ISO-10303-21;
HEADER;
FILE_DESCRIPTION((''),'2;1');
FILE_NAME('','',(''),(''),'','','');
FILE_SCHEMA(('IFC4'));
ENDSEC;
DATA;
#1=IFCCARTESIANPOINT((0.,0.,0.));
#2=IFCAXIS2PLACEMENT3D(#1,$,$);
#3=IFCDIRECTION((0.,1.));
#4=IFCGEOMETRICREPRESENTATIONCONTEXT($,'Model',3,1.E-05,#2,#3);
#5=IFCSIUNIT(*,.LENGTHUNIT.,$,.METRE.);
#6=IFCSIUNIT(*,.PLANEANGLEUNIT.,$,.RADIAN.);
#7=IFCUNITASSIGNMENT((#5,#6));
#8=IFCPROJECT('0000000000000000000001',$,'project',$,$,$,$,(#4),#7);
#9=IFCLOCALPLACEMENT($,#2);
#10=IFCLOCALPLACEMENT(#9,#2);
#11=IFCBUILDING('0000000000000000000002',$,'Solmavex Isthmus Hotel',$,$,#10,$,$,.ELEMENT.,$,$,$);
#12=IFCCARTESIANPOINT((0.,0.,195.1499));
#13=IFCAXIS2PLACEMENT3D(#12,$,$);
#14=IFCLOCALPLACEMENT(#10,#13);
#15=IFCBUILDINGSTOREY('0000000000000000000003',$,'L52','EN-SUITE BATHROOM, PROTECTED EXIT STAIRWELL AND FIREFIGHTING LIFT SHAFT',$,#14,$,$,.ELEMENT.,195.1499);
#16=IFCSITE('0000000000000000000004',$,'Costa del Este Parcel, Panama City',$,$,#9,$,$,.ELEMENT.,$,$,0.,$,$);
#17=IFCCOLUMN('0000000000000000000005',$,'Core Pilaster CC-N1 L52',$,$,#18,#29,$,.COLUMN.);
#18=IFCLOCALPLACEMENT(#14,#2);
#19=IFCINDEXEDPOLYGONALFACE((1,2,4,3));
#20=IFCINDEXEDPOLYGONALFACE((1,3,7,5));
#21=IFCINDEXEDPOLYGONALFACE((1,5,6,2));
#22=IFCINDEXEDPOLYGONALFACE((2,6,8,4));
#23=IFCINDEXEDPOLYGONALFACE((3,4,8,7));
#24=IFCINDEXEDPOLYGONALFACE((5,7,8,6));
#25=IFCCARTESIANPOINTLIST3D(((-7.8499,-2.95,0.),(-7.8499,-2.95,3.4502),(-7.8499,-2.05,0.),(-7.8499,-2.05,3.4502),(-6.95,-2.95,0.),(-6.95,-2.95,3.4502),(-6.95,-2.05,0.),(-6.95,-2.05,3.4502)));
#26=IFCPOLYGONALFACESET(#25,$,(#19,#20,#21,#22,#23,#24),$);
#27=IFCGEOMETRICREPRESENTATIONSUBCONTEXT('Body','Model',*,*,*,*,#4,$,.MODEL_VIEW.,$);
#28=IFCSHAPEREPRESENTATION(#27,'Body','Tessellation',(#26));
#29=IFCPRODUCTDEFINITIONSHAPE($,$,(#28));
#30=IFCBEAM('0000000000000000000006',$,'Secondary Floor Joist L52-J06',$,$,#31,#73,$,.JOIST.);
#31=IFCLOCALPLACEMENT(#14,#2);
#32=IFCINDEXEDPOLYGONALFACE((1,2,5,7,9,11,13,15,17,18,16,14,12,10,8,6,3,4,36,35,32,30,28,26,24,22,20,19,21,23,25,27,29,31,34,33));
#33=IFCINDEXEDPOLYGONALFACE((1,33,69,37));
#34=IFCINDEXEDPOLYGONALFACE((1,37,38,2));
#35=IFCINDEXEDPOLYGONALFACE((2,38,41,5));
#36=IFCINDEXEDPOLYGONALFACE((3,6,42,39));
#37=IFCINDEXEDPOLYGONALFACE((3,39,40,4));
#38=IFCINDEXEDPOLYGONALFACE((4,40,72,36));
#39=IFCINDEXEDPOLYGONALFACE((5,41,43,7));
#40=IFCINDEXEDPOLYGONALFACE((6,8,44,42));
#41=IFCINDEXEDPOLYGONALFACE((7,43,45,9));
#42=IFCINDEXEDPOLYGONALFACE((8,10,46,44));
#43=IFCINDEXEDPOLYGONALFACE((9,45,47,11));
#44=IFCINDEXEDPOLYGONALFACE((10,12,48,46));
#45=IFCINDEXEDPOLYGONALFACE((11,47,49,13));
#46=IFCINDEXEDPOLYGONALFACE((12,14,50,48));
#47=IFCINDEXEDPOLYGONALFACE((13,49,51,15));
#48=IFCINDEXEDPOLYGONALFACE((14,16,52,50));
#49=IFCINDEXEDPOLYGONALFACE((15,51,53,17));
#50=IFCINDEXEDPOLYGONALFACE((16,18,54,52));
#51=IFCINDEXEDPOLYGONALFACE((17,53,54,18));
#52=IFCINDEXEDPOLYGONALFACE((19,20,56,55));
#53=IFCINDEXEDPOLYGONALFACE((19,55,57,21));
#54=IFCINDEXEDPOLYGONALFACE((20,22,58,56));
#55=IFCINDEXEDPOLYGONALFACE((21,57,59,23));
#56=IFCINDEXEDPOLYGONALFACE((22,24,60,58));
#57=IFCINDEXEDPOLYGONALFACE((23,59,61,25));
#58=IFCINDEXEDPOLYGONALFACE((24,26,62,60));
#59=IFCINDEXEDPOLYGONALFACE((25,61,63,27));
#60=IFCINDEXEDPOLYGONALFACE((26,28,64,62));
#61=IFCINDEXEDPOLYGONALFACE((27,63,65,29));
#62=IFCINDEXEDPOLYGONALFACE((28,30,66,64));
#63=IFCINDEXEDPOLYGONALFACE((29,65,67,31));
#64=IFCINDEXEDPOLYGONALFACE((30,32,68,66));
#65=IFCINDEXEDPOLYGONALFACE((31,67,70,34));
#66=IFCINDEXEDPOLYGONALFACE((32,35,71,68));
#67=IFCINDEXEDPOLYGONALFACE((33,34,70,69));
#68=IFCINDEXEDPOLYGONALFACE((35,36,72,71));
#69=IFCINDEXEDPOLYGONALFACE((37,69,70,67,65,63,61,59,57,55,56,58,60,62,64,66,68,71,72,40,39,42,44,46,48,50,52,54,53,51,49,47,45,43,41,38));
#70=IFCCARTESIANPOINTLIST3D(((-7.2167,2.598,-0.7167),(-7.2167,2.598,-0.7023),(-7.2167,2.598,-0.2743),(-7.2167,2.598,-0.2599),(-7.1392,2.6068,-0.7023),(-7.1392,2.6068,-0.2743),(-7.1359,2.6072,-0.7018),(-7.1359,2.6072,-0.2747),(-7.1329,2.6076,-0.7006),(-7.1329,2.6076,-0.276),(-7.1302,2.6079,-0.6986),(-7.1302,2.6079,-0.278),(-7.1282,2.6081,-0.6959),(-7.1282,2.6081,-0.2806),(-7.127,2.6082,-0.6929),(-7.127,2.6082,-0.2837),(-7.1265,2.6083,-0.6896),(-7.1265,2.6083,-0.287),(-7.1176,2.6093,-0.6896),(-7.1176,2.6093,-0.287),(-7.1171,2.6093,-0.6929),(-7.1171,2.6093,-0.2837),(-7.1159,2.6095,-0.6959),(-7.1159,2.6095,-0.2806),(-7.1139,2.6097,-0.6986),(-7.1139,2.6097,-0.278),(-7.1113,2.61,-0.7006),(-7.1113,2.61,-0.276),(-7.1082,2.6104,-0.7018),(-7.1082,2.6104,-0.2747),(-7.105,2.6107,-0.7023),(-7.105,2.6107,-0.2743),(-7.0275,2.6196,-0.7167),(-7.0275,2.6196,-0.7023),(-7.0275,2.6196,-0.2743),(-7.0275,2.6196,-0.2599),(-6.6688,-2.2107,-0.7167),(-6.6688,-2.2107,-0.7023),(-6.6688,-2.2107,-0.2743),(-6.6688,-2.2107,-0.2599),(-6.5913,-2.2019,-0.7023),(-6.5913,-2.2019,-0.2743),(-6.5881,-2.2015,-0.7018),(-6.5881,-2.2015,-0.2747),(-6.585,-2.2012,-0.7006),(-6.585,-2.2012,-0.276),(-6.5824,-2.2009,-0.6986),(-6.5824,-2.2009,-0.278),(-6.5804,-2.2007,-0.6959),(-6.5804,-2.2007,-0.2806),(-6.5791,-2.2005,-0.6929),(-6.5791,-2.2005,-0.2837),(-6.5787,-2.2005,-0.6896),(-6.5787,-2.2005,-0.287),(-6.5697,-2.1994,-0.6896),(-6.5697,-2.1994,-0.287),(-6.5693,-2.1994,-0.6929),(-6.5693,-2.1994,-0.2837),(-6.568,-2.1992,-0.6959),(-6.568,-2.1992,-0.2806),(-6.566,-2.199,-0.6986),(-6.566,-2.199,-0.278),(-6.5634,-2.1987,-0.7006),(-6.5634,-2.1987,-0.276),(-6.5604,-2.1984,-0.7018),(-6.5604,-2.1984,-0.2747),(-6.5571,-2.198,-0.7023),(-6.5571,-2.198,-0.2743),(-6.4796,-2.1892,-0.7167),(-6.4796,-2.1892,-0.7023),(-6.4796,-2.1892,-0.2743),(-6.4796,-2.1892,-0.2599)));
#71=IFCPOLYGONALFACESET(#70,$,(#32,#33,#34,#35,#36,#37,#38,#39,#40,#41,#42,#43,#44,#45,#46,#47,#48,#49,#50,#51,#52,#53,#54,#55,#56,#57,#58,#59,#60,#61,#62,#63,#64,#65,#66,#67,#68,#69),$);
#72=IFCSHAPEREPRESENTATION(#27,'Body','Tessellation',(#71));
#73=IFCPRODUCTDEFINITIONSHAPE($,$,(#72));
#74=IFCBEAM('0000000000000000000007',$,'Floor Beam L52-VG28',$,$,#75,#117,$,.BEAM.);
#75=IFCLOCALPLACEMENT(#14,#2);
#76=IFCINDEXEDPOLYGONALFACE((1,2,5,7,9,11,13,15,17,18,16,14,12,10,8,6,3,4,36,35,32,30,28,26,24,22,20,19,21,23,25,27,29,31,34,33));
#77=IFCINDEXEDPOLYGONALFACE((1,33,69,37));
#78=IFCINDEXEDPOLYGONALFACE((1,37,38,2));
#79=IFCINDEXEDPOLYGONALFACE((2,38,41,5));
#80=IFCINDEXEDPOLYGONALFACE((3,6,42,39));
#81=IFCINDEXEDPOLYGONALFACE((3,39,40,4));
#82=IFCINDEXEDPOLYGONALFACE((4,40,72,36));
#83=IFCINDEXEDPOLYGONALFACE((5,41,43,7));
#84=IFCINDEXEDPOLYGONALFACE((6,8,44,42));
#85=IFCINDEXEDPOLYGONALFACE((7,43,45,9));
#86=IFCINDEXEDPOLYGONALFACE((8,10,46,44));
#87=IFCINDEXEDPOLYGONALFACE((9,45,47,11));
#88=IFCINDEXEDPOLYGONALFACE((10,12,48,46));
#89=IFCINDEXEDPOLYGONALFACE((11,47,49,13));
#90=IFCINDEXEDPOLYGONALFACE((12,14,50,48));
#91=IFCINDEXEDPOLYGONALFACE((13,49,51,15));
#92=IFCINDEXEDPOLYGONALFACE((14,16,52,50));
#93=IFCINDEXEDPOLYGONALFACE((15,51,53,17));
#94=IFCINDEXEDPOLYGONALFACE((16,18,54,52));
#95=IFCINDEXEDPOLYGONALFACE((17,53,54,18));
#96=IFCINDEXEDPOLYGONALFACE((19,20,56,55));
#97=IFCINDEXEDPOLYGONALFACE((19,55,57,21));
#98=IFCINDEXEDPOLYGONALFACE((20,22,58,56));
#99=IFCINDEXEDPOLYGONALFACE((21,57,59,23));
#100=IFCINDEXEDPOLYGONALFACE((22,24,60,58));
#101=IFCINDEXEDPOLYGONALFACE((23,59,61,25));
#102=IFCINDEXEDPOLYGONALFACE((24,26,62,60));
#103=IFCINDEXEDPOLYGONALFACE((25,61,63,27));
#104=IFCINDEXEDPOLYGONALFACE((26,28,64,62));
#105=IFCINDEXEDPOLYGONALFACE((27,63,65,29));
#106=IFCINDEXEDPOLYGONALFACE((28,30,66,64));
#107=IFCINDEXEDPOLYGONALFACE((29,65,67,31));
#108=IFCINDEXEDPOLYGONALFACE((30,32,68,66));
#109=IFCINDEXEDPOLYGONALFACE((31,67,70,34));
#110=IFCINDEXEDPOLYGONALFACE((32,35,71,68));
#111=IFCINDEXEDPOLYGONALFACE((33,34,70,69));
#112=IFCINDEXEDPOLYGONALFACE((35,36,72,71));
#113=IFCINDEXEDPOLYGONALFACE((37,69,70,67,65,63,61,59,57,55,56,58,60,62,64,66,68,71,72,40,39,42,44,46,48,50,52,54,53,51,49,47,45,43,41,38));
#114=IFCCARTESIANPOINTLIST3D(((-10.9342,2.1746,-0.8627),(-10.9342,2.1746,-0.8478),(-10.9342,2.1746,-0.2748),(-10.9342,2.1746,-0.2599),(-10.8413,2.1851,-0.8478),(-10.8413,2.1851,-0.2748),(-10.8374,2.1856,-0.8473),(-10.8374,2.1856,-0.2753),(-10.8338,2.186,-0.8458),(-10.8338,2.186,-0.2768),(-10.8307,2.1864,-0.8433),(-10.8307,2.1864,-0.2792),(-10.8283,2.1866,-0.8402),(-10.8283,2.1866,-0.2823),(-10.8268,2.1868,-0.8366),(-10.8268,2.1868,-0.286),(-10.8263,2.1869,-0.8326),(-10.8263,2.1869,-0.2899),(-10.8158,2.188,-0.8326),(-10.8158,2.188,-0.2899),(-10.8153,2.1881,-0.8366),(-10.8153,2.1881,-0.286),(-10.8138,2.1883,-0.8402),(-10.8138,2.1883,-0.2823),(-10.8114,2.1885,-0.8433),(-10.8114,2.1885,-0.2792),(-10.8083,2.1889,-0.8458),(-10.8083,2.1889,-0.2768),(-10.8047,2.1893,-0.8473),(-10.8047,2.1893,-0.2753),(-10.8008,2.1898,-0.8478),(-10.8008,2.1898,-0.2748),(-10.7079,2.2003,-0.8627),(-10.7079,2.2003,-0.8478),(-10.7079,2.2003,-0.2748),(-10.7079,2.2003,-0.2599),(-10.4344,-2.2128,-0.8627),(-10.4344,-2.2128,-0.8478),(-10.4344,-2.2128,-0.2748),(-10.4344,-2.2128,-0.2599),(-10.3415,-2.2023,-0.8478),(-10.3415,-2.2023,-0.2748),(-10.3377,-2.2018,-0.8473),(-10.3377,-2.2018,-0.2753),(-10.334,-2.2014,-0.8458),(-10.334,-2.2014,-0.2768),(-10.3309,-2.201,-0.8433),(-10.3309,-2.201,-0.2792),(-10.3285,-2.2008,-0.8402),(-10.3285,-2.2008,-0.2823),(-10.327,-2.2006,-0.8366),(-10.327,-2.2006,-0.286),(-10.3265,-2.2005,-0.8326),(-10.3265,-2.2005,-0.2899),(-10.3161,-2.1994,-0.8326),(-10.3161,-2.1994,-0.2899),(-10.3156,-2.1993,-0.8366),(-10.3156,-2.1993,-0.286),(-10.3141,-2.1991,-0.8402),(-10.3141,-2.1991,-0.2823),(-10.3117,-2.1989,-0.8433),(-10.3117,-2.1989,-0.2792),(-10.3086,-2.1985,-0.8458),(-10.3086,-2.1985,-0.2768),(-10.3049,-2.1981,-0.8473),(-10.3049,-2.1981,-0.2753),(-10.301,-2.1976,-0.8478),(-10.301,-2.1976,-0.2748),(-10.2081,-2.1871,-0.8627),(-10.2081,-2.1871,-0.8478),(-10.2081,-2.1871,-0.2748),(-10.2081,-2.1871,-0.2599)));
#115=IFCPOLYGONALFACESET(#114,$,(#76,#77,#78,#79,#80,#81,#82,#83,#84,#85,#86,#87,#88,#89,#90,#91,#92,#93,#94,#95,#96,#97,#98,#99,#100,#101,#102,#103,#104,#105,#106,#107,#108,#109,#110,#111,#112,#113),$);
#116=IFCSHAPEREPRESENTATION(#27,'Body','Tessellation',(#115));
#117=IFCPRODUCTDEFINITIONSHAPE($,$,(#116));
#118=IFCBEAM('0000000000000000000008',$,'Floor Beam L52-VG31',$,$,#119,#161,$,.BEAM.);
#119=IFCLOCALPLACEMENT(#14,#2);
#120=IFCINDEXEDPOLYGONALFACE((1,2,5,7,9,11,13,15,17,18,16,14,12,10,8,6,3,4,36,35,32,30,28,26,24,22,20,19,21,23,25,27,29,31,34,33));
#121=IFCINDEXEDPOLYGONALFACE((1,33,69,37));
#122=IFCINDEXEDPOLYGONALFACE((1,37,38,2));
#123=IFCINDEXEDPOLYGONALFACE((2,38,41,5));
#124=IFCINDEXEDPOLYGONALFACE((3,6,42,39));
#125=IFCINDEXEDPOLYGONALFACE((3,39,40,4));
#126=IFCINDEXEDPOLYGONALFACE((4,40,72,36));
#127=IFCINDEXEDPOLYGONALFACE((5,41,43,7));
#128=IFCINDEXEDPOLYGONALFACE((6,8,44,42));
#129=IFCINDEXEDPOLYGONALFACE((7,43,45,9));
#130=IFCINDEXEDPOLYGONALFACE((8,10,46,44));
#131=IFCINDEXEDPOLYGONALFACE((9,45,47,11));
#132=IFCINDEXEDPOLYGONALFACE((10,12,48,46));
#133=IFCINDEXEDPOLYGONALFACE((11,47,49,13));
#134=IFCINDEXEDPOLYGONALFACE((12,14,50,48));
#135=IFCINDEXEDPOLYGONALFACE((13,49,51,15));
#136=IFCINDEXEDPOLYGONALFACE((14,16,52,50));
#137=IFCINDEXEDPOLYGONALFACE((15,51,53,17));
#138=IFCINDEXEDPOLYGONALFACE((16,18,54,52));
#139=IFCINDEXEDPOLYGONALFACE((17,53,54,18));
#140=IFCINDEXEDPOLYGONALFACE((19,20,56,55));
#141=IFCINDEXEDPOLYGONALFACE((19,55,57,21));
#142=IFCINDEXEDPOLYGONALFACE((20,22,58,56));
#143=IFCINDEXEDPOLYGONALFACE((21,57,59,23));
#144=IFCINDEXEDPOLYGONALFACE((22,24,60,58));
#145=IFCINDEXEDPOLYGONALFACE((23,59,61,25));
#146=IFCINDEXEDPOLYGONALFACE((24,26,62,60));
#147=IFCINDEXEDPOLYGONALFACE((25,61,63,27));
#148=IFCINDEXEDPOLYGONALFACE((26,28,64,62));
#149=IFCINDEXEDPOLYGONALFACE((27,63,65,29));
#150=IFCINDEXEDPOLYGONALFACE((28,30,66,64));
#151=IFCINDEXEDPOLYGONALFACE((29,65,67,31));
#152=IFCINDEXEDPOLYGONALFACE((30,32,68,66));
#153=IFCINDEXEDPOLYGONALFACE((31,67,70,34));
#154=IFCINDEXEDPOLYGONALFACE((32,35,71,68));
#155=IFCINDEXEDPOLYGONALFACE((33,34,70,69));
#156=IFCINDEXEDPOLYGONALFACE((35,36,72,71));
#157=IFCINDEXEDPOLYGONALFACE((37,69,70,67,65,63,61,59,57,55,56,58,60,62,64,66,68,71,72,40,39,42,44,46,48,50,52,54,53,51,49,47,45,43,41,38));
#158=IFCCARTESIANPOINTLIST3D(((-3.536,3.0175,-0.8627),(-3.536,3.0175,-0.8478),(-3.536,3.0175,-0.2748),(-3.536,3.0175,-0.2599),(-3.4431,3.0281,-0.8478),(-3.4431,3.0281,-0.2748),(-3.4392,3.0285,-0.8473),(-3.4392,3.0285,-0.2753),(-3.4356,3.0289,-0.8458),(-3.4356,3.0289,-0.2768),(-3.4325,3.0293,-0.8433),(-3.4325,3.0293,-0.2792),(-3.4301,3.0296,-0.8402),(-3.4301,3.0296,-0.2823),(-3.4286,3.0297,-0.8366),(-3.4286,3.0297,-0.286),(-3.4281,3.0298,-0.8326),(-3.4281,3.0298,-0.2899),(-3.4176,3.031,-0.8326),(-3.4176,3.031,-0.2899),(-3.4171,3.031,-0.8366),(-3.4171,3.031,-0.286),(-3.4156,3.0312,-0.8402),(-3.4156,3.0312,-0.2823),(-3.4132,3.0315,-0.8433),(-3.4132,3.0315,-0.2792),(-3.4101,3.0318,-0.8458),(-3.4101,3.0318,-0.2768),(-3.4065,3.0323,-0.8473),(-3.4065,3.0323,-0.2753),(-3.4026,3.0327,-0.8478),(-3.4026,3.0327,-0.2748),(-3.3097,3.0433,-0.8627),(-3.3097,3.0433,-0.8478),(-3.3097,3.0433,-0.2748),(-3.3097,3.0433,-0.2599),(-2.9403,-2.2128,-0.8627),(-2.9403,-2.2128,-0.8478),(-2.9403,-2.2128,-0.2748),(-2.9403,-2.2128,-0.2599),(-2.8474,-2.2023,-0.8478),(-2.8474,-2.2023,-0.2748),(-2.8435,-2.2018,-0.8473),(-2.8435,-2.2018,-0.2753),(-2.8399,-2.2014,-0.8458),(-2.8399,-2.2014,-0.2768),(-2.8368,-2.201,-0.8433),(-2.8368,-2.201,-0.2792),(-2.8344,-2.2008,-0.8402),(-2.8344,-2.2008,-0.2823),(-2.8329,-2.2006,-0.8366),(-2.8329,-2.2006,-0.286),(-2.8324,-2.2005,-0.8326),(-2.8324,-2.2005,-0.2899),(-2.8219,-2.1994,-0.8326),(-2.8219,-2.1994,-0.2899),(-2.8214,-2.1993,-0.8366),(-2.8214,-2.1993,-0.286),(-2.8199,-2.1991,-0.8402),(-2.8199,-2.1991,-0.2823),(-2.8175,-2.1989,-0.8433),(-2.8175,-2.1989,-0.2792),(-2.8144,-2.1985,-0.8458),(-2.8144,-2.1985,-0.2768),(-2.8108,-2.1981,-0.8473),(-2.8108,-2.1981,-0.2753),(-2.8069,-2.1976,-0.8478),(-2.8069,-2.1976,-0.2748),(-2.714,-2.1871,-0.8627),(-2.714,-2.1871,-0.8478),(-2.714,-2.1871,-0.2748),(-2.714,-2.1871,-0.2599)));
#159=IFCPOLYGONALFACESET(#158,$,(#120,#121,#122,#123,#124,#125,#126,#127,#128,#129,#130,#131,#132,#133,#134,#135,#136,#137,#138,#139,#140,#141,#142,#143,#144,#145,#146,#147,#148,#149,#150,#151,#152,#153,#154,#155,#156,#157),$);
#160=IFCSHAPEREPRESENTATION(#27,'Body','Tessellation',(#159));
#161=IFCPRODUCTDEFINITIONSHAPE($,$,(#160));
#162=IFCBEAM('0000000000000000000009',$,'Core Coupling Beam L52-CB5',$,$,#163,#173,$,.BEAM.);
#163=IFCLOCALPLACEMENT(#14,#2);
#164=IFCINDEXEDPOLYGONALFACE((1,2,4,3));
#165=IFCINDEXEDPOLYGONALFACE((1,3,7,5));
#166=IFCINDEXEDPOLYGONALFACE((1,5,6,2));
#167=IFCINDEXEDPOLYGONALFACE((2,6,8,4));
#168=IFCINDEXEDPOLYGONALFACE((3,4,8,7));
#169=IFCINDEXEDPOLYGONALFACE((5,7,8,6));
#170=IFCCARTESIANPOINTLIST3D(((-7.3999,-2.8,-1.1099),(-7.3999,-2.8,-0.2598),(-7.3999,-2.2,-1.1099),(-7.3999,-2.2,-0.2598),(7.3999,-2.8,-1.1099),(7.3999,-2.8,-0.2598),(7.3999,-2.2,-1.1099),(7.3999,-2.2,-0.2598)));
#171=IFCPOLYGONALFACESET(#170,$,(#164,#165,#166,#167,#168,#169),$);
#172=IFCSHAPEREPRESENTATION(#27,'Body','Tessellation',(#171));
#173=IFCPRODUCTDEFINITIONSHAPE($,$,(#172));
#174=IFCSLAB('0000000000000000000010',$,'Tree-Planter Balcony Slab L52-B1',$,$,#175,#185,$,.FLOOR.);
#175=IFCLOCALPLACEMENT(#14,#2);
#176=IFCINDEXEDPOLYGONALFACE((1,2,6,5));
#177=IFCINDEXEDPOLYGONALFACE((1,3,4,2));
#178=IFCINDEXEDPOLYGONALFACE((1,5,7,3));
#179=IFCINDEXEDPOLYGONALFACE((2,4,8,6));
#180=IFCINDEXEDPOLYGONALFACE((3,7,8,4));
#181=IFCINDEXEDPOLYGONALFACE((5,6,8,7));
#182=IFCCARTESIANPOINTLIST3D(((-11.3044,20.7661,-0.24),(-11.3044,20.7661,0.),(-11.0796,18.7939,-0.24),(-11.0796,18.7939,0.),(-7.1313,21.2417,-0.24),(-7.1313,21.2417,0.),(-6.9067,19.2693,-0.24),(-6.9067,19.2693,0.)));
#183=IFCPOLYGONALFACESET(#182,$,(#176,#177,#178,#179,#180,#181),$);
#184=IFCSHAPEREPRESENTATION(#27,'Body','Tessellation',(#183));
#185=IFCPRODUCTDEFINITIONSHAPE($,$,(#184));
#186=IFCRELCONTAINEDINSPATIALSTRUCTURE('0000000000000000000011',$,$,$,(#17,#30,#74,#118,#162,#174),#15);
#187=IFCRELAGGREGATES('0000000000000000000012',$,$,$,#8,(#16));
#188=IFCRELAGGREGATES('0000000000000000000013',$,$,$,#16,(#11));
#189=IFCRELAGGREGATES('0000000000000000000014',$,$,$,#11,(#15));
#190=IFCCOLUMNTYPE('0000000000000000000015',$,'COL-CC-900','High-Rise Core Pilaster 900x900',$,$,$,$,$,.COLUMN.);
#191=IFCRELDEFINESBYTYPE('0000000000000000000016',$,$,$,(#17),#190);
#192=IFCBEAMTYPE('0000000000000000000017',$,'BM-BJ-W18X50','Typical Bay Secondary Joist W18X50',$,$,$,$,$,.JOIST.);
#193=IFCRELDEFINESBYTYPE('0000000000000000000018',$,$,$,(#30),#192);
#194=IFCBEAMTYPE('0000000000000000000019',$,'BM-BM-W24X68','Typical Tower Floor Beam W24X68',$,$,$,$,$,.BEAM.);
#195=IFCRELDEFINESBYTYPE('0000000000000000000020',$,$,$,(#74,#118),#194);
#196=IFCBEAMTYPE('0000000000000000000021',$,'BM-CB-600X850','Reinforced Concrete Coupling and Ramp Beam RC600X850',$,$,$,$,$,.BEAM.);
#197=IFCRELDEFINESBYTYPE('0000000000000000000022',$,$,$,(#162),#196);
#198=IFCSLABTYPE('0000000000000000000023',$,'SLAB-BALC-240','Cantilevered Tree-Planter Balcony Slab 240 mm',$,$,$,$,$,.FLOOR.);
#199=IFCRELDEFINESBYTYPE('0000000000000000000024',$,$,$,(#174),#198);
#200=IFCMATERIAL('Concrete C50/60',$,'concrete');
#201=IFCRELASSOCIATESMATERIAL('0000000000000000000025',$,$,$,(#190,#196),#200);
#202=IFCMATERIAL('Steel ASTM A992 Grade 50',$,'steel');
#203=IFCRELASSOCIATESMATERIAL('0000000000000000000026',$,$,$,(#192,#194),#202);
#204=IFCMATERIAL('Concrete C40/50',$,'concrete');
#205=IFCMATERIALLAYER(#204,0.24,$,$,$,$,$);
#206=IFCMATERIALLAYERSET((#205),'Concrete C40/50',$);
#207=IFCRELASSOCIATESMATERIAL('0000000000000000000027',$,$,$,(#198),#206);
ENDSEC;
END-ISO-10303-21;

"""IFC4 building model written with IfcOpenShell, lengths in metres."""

from ifc_helpers import new_model, si_unit, direction, frame, origin, origin_2d, place, context, subcontext, project, spatial, polyline, rectangle, i_section, outline, extrude, material, layer, layer_set, material_profile, profile_set, type_object, element, save


model = new_model("IFC4")

# Units and contexts
model_context = context("Model", 3, precision=1e-05, world=origin(), true_north=direction((0.0, 1.0)))
body_context = subcontext(model_context, "Body", "Model", "MODEL_VIEW")
ifc_project = project(units=[si_unit("LENGTHUNIT", "METRE"), si_unit("PLANEANGLEUNIT", "RADIAN")], contexts=[model_context])

# Site, building, storey
site_placement = place(None, origin())
site = spatial("IfcSite", under=ifc_project, at=site_placement, Name="Costa del Este Parcel, Panama City", CompositionType="ELEMENT", RefElevation=0.0)
building_placement = place(site_placement, origin())
building = spatial("IfcBuilding", under=site, at=building_placement, Name="Solmavex Isthmus Hotel", CompositionType="ELEMENT")
storey_placement = place(building_placement, frame((0.0, 0.0, 195.1499)))
storey = spatial("IfcBuildingStorey", under=building, at=storey_placement, Name="L52", Description="EN-SUITE BATHROOM, PROTECTED EXIT STAIRWELL AND FIREFIGHTING LIFT SHAFT", CompositionType="ELEMENT", Elevation=195.1499)

# Column
ifc_material_1 = material(Name="Concrete C50/60", Category="concrete")
ifc_material_profile_1 = material_profile(ifc_material_1, rectangle(XDim=0.8999, YDim=0.8999, at=origin_2d()), Name="RC900X900")
ifc_profile_set_1 = profile_set([ifc_material_profile_1], Name="Concrete C50/60")
column_type = type_object("IfcColumnType", Name="COL-CC-900", Description="High-Rise Core Pilaster 900x900", PredefinedType="COLUMN", material=ifc_profile_set_1)
column_placement = place(storey_placement, frame((-7.3999, -2.5, 0.0), z_axis=(0.0, 0.0, 1.0), x_axis=(1.0, 0.0, 0.0)))
element("IfcColumn", 1, at=column_placement, inside=storey, type_object=column_type, Name="Core Pilaster CC-N1 L52", PredefinedType="COLUMN", context=body_context, shape_type="SweptSolid", body=[
    extrude(rectangle(XDim=0.8999, YDim=0.8999, at=origin_2d()), origin(), (0.0, 0.0, 1.0), 3.4502),
])

# Beams
ifc_material_2 = material(Name="Steel ASTM A992 Grade 50", Category="steel")
ifc_material_profile_2 = material_profile(ifc_material_2, i_section(OverallWidth=0.1904, OverallDepth=0.4568, WebThickness=0.009, FlangeThickness=0.0144, FilletRadius=0.0127, at=origin_2d()), Name="W18X50")
ifc_profile_set_2 = profile_set([ifc_material_profile_2], Name="Steel ASTM A992 Grade 50")
beam_type_1 = type_object("IfcBeamType", Name="BM-BJ-W18X50", Description="Typical Bay Secondary Joist W18X50", PredefinedType="JOIST", material=ifc_profile_set_2)
beam_1_placement = place(storey_placement, frame((-6.5742, -2.2, -0.4883), z_axis=(-0.113194, 0.993573, 0.0), x_axis=(-0.993573, -0.113194, 0.0)))
element("IfcBeam", 2, at=beam_1_placement, inside=storey, type_object=beam_type_1, Name="Secondary Floor Joist L52-J06", PredefinedType="JOIST", context=body_context, shape_type="SweptSolid", body=[
    extrude(i_section(OverallWidth=0.1904, OverallDepth=0.4568, WebThickness=0.009, FlangeThickness=0.0144, FilletRadius=0.0127, at=origin_2d()), origin(), (0.0, 0.0, 1.0), 4.8398),
])
ifc_material_profile_3 = material_profile(ifc_material_2, i_section(OverallWidth=0.2278, OverallDepth=0.6028, WebThickness=0.0105, FlangeThickness=0.0149, FilletRadius=0.0151, at=origin_2d()), Name="W24X68")
ifc_profile_set_3 = profile_set([ifc_material_profile_3], Name="Steel ASTM A992 Grade 50")
beam_type_2 = type_object("IfcBeamType", Name="BM-BM-W24X68", Description="Typical Tower Floor Beam W24X68", PredefinedType="BEAM", material=ifc_profile_set_3)
beam_2_placement = place(storey_placement, frame((-10.3213, -2.2, -0.5613), z_axis=(-0.113174, 0.993575, 0.0), x_axis=(-0.993575, -0.113174, 0.0)))
element("IfcBeam", 3, at=beam_2_placement, inside=storey, type_object=beam_type_2, Name="Floor Beam L52-VG28", PredefinedType="BEAM", context=body_context, shape_type="SweptSolid", body=[
    extrude(i_section(OverallWidth=0.2278, OverallDepth=0.6028, WebThickness=0.0105, FlangeThickness=0.0149, FilletRadius=0.0151, at=origin_2d()), origin(), (0.0, 0.0, 1.0), 4.4158),
])
beam_3_placement = place(storey_placement, frame((-2.8271, -2.2, -0.5613), z_axis=(-0.113159, 0.993577, 0.0), x_axis=(-0.993577, -0.113159, 0.0)))
element("IfcBeam", 4, at=beam_3_placement, inside=storey, type_object=beam_type_2, Name="Floor Beam L52-VG31", PredefinedType="BEAM", context=body_context, shape_type="SweptSolid", body=[
    extrude(i_section(OverallWidth=0.2278, OverallDepth=0.6028, WebThickness=0.0105, FlangeThickness=0.0149, FilletRadius=0.0151, at=origin_2d()), origin(), (0.0, 0.0, 1.0), 5.2642),
])
ifc_material_profile_4 = material_profile(ifc_material_1, rectangle(XDim=0.6001, YDim=0.8501, at=origin_2d()), Name="RC600X850")
ifc_profile_set_4 = profile_set([ifc_material_profile_4], Name="Concrete C50/60")
beam_type_3 = type_object("IfcBeamType", Name="BM-CB-600X850", Description="Reinforced Concrete Coupling and Ramp Beam RC600X850", PredefinedType="BEAM", material=ifc_profile_set_4)
beam_4_placement = place(storey_placement, frame((-7.3999, -2.5, -0.6848), z_axis=(1.0, 0.0, 0.0), x_axis=(0.0, 1.0, 0.0)))
element("IfcBeam", 5, at=beam_4_placement, inside=storey, type_object=beam_type_3, Name="Core Coupling Beam L52-CB5", PredefinedType="BEAM", context=body_context, shape_type="SweptSolid", body=[
    extrude(rectangle(XDim=0.6001, YDim=0.8501, at=origin_2d()), origin(), (0.0, 0.0, 1.0), 14.7998),
])

# Slab
ifc_material_3 = material(Name="Concrete C40/50", Category="concrete")
ifc_layer_1 = layer(ifc_material_3, 0.24)
ifc_layer_set_1 = layer_set([ifc_layer_1], Name="Concrete C40/50")
slab_type_1 = type_object("IfcSlabType", Name="SLAB-BALC-240", Description="Cantilevered Tree-Planter Balcony Slab 240 mm", PredefinedType="FLOOR", material=ifc_layer_set_1)
slab_1_placement = place(storey_placement, frame((0.0, 0.0, -0.24)))
element("IfcSlab", 6, at=slab_1_placement, inside=storey, type_object=slab_type_1, Name="Tree-Planter Balcony Slab L52-B1", PredefinedType="FLOOR", context=body_context, shape_type="SweptSolid", body=[
    extrude(outline(polyline([(-11.0796, 18.7939), (-6.9067, 19.2693), (-7.1313, 21.2417), (-11.3044, 20.7661), (-11.0796, 18.7939)])), origin(), (0.0, 0.0, 1.0), 0.24),
])

save(model, "model.ifc")
